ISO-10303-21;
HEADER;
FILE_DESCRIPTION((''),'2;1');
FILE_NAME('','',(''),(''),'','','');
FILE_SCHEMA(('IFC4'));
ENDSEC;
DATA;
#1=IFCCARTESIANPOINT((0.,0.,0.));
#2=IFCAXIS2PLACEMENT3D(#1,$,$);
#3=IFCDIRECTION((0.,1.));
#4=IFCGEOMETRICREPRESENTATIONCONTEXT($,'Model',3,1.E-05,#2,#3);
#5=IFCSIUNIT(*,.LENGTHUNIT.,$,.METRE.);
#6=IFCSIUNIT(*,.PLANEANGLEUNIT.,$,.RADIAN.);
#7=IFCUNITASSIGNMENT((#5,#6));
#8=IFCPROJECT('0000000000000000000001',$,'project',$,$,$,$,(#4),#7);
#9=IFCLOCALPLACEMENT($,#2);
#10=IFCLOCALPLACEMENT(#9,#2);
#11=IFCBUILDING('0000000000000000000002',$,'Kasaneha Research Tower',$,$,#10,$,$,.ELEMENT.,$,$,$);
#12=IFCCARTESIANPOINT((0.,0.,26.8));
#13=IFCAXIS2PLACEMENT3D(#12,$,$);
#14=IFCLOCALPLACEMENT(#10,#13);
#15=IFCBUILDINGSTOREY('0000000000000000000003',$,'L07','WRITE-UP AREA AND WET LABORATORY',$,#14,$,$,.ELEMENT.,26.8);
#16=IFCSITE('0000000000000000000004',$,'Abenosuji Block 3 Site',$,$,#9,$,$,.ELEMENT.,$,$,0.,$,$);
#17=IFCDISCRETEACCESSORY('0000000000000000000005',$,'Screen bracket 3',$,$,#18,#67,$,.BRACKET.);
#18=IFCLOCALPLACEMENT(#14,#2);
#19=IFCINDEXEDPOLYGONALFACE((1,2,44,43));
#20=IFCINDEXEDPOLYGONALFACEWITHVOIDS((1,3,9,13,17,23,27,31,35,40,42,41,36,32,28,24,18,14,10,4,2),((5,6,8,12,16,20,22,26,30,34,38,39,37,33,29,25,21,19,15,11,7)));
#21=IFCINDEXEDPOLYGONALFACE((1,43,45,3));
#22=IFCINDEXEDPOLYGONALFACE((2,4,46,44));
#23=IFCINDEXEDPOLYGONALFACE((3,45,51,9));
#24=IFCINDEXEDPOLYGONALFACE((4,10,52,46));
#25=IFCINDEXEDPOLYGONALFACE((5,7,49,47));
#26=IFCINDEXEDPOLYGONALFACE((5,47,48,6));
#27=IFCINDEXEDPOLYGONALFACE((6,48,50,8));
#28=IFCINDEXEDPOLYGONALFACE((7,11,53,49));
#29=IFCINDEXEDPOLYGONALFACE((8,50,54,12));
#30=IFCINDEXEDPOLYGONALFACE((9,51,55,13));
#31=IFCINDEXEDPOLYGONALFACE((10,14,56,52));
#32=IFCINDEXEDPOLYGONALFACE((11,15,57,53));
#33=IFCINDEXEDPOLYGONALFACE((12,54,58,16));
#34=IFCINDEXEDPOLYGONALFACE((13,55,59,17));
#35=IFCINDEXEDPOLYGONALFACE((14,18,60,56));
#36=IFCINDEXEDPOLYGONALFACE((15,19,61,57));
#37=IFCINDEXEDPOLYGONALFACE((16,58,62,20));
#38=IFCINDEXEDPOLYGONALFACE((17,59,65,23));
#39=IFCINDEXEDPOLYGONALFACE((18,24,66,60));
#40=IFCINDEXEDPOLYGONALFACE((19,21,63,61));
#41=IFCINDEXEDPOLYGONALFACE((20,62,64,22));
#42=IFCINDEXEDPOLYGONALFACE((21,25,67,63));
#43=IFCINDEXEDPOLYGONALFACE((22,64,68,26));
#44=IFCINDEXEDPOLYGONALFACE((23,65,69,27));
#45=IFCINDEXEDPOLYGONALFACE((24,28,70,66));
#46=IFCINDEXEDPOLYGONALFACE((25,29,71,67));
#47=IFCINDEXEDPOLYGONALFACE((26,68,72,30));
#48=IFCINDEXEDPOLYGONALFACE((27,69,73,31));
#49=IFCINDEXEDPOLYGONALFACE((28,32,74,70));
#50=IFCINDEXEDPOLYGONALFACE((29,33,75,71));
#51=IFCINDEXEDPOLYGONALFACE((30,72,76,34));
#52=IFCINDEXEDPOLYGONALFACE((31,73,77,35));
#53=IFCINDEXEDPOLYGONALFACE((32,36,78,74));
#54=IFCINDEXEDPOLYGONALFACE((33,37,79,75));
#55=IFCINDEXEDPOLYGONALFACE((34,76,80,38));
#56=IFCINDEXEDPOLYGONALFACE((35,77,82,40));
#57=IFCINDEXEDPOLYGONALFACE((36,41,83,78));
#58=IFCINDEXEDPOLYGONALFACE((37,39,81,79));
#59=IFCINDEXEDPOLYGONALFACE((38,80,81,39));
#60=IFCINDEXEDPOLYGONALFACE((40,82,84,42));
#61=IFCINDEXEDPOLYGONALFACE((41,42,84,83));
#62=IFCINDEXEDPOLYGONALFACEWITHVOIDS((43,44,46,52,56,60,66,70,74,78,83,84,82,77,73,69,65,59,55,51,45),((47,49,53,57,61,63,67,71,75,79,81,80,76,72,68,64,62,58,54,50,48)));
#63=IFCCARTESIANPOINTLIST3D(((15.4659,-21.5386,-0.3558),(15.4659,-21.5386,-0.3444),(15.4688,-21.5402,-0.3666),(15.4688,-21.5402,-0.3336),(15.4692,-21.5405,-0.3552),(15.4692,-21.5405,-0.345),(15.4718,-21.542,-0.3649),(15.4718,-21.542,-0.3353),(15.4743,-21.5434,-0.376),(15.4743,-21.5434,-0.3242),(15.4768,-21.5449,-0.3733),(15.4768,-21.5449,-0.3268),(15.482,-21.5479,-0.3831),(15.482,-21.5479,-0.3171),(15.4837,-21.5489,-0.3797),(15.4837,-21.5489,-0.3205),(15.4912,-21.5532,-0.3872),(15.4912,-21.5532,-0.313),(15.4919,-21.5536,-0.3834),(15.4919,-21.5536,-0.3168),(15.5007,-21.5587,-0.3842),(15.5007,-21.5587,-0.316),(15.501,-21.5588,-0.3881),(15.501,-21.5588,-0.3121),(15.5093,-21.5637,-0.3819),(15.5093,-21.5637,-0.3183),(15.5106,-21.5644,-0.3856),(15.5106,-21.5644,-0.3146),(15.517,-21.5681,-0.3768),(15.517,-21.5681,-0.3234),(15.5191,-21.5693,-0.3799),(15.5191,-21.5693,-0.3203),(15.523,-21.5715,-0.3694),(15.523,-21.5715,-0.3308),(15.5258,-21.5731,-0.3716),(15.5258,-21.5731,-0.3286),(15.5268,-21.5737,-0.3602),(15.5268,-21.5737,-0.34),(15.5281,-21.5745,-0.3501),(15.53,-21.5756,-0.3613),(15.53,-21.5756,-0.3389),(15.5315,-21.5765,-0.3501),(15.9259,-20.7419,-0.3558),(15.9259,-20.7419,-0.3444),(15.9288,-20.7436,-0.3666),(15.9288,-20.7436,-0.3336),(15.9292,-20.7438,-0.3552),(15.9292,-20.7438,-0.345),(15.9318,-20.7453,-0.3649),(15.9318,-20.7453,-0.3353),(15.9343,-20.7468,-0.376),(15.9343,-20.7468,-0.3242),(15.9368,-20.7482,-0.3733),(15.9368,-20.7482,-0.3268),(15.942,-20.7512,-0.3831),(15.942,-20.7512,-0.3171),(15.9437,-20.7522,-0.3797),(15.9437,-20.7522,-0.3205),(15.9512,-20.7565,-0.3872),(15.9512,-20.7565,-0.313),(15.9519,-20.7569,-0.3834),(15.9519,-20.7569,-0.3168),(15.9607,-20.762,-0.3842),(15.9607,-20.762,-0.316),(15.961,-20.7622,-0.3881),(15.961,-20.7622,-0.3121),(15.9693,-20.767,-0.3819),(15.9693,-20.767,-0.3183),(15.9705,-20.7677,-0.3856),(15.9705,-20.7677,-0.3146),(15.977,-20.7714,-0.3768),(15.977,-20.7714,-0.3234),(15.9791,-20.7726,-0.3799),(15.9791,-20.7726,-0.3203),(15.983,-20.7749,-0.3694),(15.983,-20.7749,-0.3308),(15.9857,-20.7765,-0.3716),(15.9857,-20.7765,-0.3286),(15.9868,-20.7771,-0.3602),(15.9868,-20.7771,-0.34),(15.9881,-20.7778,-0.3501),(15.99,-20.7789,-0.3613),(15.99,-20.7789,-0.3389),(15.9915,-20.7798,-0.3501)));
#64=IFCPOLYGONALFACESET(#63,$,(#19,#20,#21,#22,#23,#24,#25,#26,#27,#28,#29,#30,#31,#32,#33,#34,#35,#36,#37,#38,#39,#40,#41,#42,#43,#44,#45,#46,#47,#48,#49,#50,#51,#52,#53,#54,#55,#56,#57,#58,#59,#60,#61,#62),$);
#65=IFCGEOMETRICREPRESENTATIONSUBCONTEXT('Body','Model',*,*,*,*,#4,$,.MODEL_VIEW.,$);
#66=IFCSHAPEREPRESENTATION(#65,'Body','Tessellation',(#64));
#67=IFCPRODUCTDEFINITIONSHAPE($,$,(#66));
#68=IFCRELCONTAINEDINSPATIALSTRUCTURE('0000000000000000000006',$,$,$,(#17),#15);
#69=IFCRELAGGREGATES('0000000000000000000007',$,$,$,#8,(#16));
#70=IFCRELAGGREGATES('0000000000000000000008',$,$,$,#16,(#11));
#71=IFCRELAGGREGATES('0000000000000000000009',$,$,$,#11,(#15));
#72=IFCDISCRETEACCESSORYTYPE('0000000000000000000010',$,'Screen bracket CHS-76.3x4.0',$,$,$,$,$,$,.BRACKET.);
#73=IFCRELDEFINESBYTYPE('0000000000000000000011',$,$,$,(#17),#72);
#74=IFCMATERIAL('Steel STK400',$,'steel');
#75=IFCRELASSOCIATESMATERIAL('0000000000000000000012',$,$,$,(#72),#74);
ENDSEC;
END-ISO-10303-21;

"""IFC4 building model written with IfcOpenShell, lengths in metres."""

from ifc_helpers import new_model, si_unit, direction, frame, origin, origin_2d, place, context, subcontext, project, spatial, hollow_circle, extrude, material, material_profile, profile_set, type_object, element, save


model = new_model("IFC4")

# Units and contexts
model_context = context("Model", 3, precision=1e-05, world=origin(), true_north=direction((0.0, 1.0)))
body_context = subcontext(model_context, "Body", "Model", "MODEL_VIEW")
ifc_project = project(units=[si_unit("LENGTHUNIT", "METRE"), si_unit("PLANEANGLEUNIT", "RADIAN")], contexts=[model_context])

# Site, building, storey
site_placement = place(None, origin())
site = spatial("IfcSite", under=ifc_project, at=site_placement, Name="Abenosuji Block 3 Site", CompositionType="ELEMENT", RefElevation=0.0)
building_placement = place(site_placement, origin())
building = spatial("IfcBuilding", under=site, at=building_placement, Name="Kasaneha Research Tower", CompositionType="ELEMENT")
storey_placement = place(building_placement, frame((0.0, 0.0, 26.8)))
storey = spatial("IfcBuildingStorey", under=building, at=storey_placement, Name="L07", Description="WRITE-UP AREA AND WET LABORATORY", CompositionType="ELEMENT", Elevation=26.8)

# Discrete accessory
ifc_material_1 = material(Name="Steel STK400", Category="steel")
ifc_material_profile_1 = material_profile(ifc_material_1, hollow_circle(Radius=0.0381, WallThickness=0.0039, at=origin_2d()), Name="CHS-76.3x4.0")
ifc_profile_set_1 = profile_set([ifc_material_profile_1], Name="Steel STK400")
discrete_accessory_type = type_object("IfcDiscreteAccessoryType", Name="Screen bracket CHS-76.3x4.0", PredefinedType="BRACKET", material=ifc_profile_set_1)
discrete_accessory_1_placement = place(storey_placement, frame((15.9585, -20.7607, -0.3501), z_axis=(-0.500021, -0.866013, 0.0), x_axis=(0.866013, -0.500021, 0.0)))
element("IfcDiscreteAccessory", 1, at=discrete_accessory_1_placement, inside=storey, type_object=discrete_accessory_type, Name="Screen bracket 3", PredefinedType="BRACKET", context=body_context, shape_type="SweptSolid", body=[
    extrude(hollow_circle(Radius=0.0381, WallThickness=0.0039, at=origin_2d()), origin(), (0.0, 0.0, 1.0), 0.9199),
])

save(model, "model.ifc")
